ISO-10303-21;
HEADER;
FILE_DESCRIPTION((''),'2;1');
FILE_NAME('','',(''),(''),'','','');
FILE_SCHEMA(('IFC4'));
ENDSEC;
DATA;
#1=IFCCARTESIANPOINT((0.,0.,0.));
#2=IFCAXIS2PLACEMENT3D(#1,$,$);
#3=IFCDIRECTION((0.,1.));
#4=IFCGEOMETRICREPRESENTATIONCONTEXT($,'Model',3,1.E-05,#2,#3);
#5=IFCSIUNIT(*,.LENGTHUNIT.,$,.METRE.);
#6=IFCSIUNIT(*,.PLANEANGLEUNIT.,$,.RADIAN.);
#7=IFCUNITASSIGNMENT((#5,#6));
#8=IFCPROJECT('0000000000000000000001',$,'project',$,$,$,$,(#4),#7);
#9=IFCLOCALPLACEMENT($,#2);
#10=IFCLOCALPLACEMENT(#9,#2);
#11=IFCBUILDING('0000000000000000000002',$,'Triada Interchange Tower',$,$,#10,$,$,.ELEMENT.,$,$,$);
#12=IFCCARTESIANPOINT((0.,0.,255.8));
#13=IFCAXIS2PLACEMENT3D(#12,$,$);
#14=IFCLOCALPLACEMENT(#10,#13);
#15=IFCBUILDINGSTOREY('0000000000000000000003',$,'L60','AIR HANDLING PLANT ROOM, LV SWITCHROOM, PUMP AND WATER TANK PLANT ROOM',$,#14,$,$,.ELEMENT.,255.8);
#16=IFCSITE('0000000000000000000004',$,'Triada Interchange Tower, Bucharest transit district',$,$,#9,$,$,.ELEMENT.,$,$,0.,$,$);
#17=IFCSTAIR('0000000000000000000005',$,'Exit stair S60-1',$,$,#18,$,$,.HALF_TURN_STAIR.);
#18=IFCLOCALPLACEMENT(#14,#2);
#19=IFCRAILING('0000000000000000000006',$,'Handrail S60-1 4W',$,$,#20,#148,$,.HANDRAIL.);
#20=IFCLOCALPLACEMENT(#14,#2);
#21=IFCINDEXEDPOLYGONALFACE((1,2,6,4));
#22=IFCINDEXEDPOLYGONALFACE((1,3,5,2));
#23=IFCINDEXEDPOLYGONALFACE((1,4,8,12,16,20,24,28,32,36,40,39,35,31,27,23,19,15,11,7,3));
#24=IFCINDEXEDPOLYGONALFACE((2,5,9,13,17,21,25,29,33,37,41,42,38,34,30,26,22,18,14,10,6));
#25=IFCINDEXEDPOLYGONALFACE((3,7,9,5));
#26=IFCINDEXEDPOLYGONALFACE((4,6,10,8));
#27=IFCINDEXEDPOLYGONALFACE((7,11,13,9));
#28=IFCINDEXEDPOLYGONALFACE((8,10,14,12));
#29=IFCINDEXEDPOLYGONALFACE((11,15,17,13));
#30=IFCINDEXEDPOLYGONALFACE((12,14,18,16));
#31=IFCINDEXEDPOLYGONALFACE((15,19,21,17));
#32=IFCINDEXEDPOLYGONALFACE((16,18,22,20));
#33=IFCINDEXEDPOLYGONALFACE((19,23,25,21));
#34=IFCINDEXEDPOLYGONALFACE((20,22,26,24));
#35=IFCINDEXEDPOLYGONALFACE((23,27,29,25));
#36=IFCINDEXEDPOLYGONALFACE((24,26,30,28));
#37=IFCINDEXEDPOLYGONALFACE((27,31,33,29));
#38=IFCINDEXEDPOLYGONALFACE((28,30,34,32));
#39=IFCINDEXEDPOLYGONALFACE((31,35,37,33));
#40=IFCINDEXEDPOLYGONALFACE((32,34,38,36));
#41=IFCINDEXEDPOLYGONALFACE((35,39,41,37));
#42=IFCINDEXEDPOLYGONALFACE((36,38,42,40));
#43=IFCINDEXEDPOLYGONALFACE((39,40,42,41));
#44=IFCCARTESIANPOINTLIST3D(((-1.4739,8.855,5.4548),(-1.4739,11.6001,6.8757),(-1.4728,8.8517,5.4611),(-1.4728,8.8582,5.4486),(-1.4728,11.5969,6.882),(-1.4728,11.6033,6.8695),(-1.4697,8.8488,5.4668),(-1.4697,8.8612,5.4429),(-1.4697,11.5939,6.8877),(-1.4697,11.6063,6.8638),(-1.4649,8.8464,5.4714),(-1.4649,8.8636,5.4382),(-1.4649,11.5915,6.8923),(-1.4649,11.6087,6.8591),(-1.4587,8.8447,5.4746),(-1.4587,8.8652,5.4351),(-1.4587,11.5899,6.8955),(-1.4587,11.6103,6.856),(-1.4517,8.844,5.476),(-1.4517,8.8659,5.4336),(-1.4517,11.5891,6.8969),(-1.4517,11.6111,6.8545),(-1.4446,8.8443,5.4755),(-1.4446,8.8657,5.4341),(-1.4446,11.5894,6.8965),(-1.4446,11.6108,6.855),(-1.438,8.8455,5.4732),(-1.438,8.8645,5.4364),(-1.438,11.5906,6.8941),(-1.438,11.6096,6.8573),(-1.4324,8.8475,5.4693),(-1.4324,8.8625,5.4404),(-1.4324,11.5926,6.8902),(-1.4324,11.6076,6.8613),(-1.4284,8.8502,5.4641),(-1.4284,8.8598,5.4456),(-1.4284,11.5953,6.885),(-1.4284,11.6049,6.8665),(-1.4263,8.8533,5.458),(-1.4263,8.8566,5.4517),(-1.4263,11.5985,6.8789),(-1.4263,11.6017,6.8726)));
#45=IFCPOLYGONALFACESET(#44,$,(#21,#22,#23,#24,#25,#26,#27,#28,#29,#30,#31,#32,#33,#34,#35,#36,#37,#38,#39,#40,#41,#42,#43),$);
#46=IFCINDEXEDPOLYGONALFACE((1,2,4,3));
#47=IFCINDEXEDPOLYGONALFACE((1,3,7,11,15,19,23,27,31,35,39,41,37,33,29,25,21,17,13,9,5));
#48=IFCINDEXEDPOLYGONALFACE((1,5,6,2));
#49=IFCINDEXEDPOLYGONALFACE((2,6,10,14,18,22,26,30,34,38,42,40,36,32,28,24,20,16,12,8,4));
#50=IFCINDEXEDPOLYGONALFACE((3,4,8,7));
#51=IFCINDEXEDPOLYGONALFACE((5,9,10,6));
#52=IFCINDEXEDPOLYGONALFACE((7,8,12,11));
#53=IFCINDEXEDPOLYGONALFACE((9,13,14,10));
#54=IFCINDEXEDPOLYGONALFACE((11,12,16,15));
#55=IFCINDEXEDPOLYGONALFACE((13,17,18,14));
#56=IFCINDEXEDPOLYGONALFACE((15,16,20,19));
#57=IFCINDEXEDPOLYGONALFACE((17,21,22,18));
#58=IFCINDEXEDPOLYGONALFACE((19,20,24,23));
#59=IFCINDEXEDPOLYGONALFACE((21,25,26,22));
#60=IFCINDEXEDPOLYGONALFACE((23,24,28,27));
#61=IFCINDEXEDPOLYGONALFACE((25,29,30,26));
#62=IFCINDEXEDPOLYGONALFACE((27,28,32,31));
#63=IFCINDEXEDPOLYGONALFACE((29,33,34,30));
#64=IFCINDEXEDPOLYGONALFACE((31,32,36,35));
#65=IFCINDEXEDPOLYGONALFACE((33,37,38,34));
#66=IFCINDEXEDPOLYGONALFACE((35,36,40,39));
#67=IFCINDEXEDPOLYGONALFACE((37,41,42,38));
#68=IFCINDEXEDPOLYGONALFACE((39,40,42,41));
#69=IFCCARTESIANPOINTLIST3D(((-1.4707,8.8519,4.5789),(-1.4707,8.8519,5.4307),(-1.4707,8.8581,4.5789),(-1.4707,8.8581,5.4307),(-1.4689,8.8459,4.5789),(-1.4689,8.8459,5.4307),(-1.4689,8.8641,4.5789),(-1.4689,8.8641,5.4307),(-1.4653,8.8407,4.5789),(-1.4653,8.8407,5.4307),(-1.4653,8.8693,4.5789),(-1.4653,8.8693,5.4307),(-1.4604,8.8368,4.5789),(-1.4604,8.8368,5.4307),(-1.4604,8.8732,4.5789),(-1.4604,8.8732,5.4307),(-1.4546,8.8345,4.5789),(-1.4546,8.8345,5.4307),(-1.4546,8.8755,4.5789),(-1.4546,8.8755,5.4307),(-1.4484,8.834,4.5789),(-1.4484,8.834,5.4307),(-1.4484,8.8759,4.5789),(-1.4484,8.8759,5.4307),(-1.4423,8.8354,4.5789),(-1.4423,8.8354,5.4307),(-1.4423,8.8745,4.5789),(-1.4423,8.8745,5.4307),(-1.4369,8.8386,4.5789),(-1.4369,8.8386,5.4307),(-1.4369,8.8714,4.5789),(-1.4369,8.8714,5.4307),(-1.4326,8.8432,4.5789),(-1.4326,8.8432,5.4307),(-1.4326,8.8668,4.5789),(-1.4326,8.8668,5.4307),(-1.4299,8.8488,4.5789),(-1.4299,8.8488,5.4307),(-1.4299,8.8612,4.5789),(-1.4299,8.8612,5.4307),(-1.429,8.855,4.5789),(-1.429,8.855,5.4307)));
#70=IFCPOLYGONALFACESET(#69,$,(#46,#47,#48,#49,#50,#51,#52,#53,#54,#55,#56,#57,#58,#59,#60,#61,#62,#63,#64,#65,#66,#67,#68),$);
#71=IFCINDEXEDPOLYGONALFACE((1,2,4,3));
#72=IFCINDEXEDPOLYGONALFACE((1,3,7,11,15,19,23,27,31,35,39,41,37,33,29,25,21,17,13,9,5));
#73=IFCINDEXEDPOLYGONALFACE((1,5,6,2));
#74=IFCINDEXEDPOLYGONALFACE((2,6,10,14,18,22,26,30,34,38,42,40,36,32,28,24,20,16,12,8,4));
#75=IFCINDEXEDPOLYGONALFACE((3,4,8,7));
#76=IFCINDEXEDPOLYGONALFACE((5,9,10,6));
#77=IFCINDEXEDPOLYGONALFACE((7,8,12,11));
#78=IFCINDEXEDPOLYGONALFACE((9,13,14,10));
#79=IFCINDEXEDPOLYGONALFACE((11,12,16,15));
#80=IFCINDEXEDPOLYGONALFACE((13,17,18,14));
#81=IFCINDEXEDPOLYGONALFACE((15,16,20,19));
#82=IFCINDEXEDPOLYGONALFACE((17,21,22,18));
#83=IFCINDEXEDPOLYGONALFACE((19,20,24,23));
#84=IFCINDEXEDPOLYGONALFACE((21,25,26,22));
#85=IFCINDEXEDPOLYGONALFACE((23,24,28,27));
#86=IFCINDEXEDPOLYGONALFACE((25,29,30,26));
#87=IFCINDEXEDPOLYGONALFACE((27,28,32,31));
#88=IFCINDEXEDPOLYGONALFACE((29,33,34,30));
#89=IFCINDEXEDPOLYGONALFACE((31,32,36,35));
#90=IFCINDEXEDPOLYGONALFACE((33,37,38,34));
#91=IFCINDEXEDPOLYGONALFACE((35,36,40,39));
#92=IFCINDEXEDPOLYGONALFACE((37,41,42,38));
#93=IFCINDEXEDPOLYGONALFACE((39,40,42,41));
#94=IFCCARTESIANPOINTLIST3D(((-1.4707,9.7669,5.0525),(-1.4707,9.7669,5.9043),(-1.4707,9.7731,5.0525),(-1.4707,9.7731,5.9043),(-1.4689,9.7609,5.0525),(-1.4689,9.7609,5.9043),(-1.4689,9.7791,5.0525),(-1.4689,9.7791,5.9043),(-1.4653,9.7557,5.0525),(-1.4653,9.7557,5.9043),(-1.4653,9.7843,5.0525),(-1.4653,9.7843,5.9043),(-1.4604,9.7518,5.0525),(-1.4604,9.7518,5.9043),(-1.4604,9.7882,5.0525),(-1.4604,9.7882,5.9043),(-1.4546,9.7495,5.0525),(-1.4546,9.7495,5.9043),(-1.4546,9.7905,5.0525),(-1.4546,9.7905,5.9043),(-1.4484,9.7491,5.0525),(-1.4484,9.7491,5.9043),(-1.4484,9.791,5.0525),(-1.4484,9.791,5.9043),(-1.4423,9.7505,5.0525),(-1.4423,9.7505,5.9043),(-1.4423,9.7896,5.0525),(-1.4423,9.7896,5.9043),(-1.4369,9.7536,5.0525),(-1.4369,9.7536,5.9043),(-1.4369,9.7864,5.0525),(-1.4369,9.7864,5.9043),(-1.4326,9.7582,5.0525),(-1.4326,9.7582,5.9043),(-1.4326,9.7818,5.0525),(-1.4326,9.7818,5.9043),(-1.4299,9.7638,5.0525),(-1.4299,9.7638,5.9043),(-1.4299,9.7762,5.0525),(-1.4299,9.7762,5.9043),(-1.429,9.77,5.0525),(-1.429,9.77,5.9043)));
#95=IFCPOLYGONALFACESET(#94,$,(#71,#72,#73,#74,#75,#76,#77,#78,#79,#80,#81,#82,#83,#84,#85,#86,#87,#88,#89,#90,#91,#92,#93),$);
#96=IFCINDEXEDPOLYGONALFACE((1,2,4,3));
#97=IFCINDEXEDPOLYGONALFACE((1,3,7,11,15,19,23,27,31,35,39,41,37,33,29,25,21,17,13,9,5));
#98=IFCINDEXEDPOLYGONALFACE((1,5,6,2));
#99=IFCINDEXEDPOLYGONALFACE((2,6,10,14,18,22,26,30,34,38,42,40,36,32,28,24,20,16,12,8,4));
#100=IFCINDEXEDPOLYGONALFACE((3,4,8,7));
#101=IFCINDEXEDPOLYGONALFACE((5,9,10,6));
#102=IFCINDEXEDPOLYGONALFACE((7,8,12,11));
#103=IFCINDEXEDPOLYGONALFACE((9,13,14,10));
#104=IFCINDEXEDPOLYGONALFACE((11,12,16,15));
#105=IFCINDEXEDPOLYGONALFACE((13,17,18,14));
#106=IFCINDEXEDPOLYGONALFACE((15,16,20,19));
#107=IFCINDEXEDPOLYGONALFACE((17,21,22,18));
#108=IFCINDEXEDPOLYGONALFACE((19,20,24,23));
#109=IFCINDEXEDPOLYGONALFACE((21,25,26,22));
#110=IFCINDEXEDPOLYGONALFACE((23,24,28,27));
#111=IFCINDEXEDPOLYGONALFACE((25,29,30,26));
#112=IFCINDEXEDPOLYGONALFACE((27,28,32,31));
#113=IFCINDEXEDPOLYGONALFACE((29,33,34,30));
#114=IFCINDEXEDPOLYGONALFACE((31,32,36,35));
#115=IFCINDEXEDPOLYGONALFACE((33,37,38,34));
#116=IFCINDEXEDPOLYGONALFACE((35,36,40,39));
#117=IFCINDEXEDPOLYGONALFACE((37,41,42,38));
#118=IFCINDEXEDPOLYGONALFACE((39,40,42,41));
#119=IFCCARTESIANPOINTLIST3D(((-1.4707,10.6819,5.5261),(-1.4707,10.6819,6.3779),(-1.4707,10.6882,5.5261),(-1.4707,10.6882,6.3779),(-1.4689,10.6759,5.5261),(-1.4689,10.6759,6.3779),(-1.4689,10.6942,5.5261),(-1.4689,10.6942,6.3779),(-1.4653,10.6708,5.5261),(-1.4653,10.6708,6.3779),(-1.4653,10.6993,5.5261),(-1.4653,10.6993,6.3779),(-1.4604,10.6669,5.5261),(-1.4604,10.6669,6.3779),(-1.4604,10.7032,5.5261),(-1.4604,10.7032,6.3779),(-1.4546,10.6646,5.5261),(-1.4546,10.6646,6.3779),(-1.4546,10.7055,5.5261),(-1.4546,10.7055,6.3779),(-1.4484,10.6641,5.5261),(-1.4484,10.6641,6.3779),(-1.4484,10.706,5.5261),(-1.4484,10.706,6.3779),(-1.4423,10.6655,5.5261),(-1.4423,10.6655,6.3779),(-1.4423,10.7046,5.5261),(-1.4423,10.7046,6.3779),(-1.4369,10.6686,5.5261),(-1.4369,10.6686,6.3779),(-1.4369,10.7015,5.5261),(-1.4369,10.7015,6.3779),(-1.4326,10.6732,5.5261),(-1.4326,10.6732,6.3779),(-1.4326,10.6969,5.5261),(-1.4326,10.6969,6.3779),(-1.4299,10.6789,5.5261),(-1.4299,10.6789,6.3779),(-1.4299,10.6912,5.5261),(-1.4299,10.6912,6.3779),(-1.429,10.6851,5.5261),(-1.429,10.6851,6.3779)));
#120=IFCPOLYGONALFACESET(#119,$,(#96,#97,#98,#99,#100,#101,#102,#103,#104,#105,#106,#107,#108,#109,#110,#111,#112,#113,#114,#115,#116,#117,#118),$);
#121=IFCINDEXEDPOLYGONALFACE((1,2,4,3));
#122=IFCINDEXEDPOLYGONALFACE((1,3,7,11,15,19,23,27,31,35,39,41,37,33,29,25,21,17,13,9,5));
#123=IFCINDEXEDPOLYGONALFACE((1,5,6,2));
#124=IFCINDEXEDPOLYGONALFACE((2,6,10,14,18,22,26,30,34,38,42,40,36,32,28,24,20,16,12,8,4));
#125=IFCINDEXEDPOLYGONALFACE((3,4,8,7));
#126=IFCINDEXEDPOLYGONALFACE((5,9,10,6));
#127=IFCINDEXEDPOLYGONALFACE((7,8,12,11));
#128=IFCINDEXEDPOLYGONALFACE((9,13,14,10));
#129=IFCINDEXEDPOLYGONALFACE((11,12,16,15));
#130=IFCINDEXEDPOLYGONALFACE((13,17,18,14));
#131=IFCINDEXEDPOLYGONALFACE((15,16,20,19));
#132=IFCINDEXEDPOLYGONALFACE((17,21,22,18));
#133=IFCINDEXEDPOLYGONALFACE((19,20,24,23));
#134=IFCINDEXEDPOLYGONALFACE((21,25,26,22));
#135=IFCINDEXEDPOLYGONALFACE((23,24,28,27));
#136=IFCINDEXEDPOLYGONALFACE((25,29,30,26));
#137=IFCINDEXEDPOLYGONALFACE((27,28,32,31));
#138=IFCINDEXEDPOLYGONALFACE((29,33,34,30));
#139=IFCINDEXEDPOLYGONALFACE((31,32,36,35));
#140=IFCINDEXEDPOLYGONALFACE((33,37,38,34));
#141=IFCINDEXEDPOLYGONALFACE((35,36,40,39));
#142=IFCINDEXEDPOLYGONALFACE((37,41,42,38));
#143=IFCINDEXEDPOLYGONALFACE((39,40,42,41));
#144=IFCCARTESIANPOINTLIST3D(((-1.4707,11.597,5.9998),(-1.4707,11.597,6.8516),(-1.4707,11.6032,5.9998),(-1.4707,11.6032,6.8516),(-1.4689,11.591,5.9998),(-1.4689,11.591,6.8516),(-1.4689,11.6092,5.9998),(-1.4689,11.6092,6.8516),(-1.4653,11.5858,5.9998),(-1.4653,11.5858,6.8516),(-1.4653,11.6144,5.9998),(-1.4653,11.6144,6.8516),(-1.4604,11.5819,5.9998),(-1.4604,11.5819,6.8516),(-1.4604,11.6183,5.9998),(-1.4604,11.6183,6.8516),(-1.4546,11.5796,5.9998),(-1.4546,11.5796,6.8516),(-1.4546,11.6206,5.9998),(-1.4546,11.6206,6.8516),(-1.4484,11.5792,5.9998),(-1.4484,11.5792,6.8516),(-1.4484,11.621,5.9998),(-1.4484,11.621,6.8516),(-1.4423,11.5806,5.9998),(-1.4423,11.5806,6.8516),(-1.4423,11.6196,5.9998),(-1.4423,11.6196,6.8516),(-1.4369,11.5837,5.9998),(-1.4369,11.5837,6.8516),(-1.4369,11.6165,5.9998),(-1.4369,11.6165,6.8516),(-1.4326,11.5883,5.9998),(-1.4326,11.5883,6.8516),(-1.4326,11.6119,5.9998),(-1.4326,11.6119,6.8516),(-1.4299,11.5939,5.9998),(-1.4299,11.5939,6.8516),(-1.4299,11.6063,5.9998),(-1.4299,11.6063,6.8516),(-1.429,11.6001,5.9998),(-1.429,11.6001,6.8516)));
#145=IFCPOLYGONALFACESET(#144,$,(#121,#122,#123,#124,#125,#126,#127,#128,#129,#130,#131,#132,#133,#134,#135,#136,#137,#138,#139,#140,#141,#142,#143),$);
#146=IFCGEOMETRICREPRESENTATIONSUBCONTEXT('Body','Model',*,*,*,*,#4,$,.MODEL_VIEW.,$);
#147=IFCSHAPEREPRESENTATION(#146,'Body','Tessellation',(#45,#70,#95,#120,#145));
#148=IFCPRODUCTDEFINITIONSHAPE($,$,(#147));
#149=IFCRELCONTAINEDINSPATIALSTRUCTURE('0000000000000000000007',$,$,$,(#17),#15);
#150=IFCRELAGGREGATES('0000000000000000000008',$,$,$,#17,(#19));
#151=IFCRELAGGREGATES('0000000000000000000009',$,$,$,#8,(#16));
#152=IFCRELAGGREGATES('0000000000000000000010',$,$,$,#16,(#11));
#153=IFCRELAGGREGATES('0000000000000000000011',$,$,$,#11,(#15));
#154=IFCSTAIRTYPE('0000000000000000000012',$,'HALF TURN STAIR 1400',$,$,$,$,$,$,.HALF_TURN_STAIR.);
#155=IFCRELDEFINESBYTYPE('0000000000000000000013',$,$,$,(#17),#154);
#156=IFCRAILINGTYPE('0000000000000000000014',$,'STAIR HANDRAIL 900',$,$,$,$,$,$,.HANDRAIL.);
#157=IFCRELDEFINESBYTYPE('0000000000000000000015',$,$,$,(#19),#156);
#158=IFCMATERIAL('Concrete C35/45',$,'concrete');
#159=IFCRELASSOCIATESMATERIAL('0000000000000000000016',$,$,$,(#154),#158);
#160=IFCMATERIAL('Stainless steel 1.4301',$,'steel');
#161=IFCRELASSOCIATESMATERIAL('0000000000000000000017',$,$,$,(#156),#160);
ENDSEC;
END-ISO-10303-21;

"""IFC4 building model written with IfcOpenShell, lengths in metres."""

from ifc_helpers import new_model, si_unit, direction, frame, origin, origin_2d, place, context, subcontext, project, spatial, circle, extrude, material, type_object, element, aggregate, save


model = new_model("IFC4")

# Units and contexts
model_context = context("Model", 3, precision=1e-05, world=origin(), true_north=direction((0.0, 1.0)))
body_context = subcontext(model_context, "Body", "Model", "MODEL_VIEW")
ifc_project = project(units=[si_unit("LENGTHUNIT", "METRE"), si_unit("PLANEANGLEUNIT", "RADIAN")], contexts=[model_context])

# Site, building, storey
site_placement = place(None, origin())
site = spatial("IfcSite", under=ifc_project, at=site_placement, Name="Triada Interchange Tower, Bucharest transit district", CompositionType="ELEMENT", RefElevation=0.0)
building_placement = place(site_placement, origin())
building = spatial("IfcBuilding", under=site, at=building_placement, Name="Triada Interchange Tower", CompositionType="ELEMENT")
storey_placement = place(building_placement, frame((0.0, 0.0, 255.8)))
storey = spatial("IfcBuildingStorey", under=building, at=storey_placement, Name="L60", Description="AIR HANDLING PLANT ROOM, LV SWITCHROOM, PUMP AND WATER TANK PLANT ROOM", CompositionType="ELEMENT", Elevation=255.8)

# Stair, railing
ifc_material_1 = material(Name="Concrete C35/45", Category="concrete")
stair_type = type_object("IfcStairType", Name="HALF TURN STAIR 1400", PredefinedType="HALF_TURN_STAIR", material=ifc_material_1)
stair_placement = place(storey_placement, origin())
stair = element("IfcStair", 1, at=stair_placement, inside=storey, type_object=stair_type, Name="Exit stair S60-1", PredefinedType="HALF_TURN_STAIR")
ifc_material_2 = material(Name="Stainless steel 1.4301", Category="steel")
railing_type = type_object("IfcRailingType", Name="STAIR HANDRAIL 900", PredefinedType="HANDRAIL", material=ifc_material_2)
railing_1_placement = place(storey_placement, frame((-1.45, 8.855, 4.5789)))
railing_1 = element("IfcRailing", 2, at=railing_1_placement, type_object=railing_type, Name="Handrail S60-1 4W", PredefinedType="HANDRAIL", context=body_context, shape_type="SweptSolid", body=[
    extrude(circle(Radius=0.0239, at=origin_2d()), frame((0.0, 0.0, 0.876), z_axis=(0.0, 0.888084, 0.459681), x_axis=(-1.0, 0.0, 0.0)), (0.0, 0.0, 1.0), 3.0911),
    extrude(circle(Radius=0.021, at=origin_2d()), origin(), (0.0, 0.0, 1.0), 0.8518),
    extrude(circle(Radius=0.021, at=origin_2d()), frame((0.0, 0.915, 0.4736)), (0.0, 0.0, 1.0), 0.8518),
    extrude(circle(Radius=0.021, at=origin_2d()), frame((0.0, 1.8301, 0.9473)), (0.0, 0.0, 1.0), 0.8518),
    extrude(circle(Radius=0.021, at=origin_2d()), frame((0.0, 2.7451, 1.4209)), (0.0, 0.0, 1.0), 0.8518),
])
aggregate(stair, [railing_1])

save(model, "model.ifc")
